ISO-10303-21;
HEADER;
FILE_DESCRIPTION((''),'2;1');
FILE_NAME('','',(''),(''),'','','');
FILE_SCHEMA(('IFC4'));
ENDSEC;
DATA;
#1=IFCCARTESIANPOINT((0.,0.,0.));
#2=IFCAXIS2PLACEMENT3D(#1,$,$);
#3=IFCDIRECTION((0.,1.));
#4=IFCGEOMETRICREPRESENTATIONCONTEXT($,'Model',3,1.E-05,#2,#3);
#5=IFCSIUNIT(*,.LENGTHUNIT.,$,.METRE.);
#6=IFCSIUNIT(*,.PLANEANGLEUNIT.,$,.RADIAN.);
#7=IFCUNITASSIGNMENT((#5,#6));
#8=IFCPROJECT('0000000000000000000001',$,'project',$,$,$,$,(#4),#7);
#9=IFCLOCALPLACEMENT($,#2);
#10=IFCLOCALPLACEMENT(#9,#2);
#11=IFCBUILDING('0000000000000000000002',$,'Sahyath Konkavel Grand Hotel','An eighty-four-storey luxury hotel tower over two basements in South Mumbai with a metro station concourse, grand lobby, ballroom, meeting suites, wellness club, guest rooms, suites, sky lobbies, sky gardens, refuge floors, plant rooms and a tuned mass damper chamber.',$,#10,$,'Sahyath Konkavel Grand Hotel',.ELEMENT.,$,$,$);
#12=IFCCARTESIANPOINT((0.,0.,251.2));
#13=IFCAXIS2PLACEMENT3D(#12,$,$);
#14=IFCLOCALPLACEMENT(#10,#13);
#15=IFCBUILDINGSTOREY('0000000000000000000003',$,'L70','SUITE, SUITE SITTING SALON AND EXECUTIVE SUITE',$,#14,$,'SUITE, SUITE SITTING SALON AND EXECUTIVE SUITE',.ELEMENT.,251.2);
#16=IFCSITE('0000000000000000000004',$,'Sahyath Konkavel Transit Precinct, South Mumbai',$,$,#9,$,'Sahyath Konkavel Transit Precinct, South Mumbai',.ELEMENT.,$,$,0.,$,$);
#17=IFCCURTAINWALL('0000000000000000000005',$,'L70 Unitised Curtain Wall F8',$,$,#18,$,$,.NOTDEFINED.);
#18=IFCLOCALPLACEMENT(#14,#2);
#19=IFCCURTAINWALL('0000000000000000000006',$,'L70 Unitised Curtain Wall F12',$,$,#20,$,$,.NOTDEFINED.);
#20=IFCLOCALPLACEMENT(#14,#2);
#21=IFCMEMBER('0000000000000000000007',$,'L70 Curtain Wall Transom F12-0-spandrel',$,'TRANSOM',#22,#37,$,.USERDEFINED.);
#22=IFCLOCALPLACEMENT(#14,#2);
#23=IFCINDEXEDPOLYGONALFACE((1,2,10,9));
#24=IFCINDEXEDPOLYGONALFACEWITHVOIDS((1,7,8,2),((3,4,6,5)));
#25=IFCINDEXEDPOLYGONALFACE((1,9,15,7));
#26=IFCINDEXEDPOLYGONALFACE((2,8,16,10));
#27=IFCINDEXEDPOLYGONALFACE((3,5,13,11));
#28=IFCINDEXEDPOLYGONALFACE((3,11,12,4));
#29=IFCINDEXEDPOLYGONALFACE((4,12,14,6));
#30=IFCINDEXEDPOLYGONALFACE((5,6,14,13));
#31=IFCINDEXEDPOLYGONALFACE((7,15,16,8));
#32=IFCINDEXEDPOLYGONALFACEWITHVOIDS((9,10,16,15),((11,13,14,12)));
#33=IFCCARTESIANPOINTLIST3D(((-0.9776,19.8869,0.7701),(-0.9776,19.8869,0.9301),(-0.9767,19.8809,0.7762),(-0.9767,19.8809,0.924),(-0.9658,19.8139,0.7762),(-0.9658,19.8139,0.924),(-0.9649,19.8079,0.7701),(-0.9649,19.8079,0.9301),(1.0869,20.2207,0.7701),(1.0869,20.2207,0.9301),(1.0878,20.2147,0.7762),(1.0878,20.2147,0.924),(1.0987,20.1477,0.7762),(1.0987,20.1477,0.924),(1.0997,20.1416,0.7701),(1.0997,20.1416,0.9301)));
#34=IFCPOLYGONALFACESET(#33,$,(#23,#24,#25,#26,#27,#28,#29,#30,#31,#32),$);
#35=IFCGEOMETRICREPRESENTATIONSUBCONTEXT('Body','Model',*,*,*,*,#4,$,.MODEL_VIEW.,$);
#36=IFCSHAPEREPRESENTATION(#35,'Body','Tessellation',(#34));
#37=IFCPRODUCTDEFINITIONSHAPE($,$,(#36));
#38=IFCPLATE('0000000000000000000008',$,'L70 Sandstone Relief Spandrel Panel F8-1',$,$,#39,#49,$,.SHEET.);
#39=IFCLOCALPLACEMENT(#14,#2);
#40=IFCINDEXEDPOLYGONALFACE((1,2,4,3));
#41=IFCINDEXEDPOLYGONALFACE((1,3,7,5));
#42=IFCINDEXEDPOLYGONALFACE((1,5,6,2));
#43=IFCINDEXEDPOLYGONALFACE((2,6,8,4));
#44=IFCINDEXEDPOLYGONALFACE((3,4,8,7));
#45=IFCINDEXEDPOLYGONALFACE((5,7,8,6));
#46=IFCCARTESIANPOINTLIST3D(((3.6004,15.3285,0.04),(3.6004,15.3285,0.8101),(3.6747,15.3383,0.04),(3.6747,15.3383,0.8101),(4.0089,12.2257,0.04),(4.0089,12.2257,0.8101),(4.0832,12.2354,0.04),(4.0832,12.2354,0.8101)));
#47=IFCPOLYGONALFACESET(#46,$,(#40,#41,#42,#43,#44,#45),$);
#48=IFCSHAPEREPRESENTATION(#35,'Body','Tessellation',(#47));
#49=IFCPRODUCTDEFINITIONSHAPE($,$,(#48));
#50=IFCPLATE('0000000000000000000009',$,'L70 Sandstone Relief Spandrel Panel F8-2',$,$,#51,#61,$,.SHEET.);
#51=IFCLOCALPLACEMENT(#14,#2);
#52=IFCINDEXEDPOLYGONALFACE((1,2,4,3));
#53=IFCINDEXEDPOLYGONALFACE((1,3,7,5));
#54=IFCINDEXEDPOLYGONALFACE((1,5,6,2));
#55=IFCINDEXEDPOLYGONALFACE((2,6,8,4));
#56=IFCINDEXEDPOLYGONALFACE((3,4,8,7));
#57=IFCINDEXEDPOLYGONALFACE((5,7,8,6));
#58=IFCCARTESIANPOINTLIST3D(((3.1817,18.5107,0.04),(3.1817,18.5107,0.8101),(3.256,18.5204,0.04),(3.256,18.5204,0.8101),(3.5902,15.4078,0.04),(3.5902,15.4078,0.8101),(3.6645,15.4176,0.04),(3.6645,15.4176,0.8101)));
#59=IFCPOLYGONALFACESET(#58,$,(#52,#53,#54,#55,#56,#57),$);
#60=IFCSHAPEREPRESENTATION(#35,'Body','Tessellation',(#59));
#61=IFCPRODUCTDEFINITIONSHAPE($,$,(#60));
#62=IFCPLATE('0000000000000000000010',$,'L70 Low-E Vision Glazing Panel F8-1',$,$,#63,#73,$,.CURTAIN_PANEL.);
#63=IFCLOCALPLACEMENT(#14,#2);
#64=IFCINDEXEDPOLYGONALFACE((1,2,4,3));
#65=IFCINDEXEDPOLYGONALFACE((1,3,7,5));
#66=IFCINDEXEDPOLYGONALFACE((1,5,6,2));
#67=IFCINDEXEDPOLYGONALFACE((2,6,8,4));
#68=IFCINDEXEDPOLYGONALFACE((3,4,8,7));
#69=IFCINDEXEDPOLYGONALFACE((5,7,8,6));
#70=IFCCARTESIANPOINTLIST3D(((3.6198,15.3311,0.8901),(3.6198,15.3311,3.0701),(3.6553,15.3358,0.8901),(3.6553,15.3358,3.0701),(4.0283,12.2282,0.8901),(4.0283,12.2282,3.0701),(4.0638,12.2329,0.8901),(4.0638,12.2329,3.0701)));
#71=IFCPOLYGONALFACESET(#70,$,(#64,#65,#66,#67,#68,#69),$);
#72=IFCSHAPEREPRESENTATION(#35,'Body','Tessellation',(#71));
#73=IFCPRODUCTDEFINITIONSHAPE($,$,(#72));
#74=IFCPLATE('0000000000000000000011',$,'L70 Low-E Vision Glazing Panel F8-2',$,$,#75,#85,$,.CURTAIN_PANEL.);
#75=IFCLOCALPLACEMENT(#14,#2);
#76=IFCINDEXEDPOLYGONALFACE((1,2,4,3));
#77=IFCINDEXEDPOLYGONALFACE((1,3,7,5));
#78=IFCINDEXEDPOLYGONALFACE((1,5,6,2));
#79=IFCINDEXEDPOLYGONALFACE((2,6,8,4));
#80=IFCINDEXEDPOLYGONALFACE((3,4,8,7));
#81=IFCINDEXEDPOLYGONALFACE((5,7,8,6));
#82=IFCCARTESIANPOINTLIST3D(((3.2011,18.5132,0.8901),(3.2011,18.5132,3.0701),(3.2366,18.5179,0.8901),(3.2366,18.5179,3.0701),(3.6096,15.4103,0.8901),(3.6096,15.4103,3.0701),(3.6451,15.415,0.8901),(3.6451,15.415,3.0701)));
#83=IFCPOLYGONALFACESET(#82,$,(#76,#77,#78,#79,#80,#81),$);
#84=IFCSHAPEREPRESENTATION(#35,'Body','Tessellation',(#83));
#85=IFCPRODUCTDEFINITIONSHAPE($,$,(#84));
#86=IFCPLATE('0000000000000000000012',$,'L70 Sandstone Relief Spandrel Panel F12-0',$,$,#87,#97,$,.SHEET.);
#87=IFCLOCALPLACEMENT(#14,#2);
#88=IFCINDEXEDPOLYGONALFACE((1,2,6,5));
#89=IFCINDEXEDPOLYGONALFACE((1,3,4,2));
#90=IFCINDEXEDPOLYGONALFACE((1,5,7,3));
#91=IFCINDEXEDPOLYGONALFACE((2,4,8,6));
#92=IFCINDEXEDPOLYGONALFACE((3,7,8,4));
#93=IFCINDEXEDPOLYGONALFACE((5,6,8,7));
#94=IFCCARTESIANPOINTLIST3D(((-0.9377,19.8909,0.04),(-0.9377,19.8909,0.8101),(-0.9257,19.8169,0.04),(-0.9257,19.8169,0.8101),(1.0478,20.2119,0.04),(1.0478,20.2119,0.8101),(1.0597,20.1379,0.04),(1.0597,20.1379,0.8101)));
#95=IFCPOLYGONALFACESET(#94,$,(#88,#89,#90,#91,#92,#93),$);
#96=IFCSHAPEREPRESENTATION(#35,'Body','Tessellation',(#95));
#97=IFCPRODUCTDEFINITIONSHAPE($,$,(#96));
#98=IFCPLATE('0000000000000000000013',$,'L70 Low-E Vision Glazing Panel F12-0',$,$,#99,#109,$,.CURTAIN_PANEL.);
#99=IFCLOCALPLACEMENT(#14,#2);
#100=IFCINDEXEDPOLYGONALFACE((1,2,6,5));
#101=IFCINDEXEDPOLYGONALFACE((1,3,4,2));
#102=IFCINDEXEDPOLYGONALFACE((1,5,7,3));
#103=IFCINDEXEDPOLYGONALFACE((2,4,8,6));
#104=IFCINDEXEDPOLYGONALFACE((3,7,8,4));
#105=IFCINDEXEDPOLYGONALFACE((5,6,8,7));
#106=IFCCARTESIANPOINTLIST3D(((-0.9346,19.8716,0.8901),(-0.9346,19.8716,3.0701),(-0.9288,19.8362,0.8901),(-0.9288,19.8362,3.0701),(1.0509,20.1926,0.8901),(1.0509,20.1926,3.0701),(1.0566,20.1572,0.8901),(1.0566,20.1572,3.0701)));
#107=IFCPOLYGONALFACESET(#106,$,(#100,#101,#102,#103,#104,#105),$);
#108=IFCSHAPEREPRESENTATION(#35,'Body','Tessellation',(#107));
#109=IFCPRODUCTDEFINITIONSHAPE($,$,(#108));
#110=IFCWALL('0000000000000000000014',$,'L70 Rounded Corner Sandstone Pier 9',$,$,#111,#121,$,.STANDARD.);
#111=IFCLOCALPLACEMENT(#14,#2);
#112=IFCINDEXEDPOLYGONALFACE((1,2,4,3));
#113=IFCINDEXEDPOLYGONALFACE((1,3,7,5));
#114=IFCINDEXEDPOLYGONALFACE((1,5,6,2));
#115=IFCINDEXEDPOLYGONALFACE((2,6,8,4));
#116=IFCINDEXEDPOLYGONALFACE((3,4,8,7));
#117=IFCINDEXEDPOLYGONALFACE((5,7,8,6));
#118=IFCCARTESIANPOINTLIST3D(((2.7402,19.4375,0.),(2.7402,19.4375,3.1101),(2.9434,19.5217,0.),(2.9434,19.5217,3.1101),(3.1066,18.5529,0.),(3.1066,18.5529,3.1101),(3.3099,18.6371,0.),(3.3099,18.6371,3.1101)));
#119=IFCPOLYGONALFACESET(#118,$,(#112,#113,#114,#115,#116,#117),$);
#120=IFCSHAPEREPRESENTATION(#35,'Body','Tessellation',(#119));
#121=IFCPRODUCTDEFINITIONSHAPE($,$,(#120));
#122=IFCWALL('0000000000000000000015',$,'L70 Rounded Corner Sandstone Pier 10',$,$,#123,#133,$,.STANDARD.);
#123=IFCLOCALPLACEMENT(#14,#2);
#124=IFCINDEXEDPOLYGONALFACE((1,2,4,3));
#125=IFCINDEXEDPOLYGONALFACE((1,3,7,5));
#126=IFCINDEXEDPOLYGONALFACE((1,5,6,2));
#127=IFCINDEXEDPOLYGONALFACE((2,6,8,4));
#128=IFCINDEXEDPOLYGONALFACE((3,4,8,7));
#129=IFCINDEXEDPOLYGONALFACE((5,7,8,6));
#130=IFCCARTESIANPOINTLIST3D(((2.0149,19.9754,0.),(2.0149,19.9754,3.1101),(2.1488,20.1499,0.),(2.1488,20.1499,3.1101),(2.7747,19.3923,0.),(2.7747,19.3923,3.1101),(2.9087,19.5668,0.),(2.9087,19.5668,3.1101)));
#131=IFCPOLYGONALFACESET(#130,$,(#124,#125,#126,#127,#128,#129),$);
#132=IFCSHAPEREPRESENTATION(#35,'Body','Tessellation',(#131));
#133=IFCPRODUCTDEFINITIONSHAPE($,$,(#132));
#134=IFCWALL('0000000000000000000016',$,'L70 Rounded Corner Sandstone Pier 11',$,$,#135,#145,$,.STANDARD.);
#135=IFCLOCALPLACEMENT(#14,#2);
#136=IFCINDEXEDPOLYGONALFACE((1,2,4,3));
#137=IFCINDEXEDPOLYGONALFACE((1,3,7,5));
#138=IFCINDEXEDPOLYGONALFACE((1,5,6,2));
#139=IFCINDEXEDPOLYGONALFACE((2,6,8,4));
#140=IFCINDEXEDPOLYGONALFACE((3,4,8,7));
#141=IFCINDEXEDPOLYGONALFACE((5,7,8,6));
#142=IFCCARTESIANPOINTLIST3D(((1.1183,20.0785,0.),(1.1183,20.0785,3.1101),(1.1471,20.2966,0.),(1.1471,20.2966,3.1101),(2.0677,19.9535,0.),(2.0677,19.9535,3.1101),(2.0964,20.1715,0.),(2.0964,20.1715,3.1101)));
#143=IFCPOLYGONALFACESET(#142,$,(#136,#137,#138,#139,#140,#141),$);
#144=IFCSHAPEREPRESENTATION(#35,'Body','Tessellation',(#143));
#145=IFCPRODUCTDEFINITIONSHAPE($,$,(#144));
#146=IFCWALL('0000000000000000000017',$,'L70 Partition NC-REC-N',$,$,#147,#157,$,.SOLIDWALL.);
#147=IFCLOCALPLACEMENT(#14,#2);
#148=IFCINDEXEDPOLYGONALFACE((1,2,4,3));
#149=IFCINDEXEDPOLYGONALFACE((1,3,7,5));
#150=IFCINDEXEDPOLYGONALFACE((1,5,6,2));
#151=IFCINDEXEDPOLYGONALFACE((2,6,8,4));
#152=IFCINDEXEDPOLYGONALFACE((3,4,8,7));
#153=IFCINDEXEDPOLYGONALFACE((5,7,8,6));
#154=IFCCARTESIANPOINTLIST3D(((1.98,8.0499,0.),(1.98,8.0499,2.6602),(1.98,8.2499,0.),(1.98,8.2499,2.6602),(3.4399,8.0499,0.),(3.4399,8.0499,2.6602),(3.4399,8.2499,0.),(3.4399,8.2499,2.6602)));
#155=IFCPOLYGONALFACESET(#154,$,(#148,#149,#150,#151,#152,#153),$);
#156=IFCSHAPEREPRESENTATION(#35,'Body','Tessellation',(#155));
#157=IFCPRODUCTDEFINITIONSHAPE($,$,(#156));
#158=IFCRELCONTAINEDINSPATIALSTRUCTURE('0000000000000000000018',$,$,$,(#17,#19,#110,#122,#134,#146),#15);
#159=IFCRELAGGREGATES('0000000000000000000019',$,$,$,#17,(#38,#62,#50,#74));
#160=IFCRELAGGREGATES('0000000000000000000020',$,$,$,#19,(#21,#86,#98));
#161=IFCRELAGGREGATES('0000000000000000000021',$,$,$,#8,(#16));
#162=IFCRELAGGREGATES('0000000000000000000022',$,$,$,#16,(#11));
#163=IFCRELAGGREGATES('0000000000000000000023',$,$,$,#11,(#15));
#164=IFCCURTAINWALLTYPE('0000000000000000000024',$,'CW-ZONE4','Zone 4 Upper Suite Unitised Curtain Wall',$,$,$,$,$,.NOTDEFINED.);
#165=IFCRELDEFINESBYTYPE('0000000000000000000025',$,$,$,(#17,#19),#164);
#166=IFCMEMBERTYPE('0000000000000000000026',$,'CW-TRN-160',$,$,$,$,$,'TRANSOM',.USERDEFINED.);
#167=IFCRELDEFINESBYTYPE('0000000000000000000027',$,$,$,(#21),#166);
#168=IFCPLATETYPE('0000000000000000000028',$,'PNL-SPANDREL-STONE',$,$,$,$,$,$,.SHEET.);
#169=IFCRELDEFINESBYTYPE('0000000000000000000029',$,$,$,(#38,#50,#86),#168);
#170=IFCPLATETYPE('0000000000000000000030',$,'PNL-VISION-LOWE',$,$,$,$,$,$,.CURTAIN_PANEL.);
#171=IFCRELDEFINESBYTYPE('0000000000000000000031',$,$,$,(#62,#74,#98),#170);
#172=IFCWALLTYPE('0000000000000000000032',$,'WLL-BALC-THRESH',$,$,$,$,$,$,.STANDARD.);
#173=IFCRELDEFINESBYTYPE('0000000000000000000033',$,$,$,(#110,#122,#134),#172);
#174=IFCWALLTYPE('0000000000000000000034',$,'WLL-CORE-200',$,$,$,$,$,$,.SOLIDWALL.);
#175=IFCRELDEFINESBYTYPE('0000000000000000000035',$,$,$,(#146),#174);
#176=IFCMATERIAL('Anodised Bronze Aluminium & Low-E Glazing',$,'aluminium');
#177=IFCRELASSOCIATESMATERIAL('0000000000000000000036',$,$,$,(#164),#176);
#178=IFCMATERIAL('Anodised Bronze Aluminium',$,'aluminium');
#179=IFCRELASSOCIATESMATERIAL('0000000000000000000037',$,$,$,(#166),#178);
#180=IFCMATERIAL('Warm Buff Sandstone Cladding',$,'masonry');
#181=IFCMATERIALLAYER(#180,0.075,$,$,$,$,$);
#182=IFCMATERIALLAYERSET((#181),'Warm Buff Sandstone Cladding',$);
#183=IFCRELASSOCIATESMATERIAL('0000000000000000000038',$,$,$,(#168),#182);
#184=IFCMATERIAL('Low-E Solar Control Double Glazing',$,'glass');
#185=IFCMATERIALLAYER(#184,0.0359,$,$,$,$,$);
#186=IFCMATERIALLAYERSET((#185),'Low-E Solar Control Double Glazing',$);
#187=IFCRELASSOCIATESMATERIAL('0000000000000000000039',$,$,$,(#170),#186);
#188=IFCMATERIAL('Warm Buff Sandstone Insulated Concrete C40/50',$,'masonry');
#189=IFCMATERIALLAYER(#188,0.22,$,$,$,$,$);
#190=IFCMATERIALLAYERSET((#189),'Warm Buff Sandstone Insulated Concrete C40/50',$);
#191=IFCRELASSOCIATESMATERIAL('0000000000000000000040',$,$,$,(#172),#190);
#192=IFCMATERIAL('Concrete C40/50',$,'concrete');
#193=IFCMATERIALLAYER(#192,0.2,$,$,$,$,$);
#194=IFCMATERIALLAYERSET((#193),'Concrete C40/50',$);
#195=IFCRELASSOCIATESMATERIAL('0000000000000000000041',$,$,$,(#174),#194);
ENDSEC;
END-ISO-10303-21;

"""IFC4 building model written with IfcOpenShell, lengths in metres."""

from ifc_helpers import new_model, si_unit, direction, frame, frame_2d, origin, origin_2d, place, context, subcontext, project, spatial, rectangle, hollow_rectangle, extrude, source, transform, mapped, material, layer, layer_set, material_profile, profile_set, type_object, element, aggregate, save


model = new_model("IFC4")

# Units and contexts
model_context = context("Model", 3, precision=1e-05, world=origin(), true_north=direction((0.0, 1.0)))
body_context = subcontext(model_context, "Body", "Model", "MODEL_VIEW")
ifc_project = project(units=[si_unit("LENGTHUNIT", "METRE"), si_unit("PLANEANGLEUNIT", "RADIAN")], contexts=[model_context])

# Site, building, storey
site_placement = place(None, origin())
site = spatial("IfcSite", under=ifc_project, at=site_placement, Name="Sahyath Konkavel Transit Precinct, South Mumbai", LongName="Sahyath Konkavel Transit Precinct, South Mumbai", CompositionType="ELEMENT", RefElevation=0.0)
building_placement = place(site_placement, origin())
building = spatial("IfcBuilding", under=site, at=building_placement, Name="Sahyath Konkavel Grand Hotel", Description="An eighty-four-storey luxury hotel tower over two basements in South Mumbai with a metro station concourse, grand lobby, ballroom, meeting suites, wellness club, guest rooms, suites, sky lobbies, sky gardens, refuge floors, plant rooms and a tuned mass damper chamber.", LongName="Sahyath Konkavel Grand Hotel", CompositionType="ELEMENT")
storey_placement = place(building_placement, frame((0.0, 0.0, 251.2)))
storey = spatial("IfcBuildingStorey", under=building, at=storey_placement, Name="L70", Description="SUITE, SUITE SITTING SALON AND EXECUTIVE SUITE", LongName="SUITE, SUITE SITTING SALON AND EXECUTIVE SUITE", CompositionType="ELEMENT", Elevation=251.2)

# Shared definitions
ifc_material_1 = material(Name="Concrete C40/50", Category="concrete")

# Curtain wall
ifc_material_2 = material(Name="Anodised Bronze Aluminium & Low-E Glazing", Category="aluminium")
curtain_wall_type = type_object("IfcCurtainWallType", Name="CW-ZONE4", Description="Zone 4 Upper Suite Unitised Curtain Wall", PredefinedType="NOTDEFINED", material=ifc_material_2)
curtain_wall_1_placement = place(storey_placement, origin())
curtain_wall_1 = element("IfcCurtainWall", 1, at=curtain_wall_1_placement, inside=storey, type_object=curtain_wall_type, Name="L70 Unitised Curtain Wall F8", PredefinedType="NOTDEFINED")
ifc_material_3 = material(Name="Anodised Bronze Aluminium", Category="aluminium")

# Curtain wall
curtain_wall_2_placement = place(storey_placement, origin())
curtain_wall_2 = element("IfcCurtainWall", 2, at=curtain_wall_2_placement, inside=storey, type_object=curtain_wall_type, Name="L70 Unitised Curtain Wall F12", PredefinedType="NOTDEFINED")

# Member
ifc_material_profile_1 = material_profile(ifc_material_3, hollow_rectangle(XDim=0.0801, YDim=0.1599, WallThickness=0.0061, at=origin_2d()), Name="RHS 160x80x6")
ifc_profile_set_1 = profile_set([ifc_material_profile_1], Name="Anodised Bronze Aluminium")
member_type_1 = type_object("IfcMemberType", Name="CW-TRN-160", ElementType="TRANSOM", PredefinedType="USERDEFINED", material=ifc_profile_set_1)
shared_shape_1 = source(origin(), body_context, "Body", "SweptSolid", [
    extrude(hollow_rectangle(XDim=0.0801, YDim=0.1599, WallThickness=0.0061, at=origin_2d()), origin(), (0.0, 0.0, 1.0), 2.0913),
])
member_1_placement = place(storey_placement, frame((1.0933, 20.1812, 0.8501), z_axis=(-0.987184, -0.159588, 0.0), x_axis=(0.159588, -0.987184, 0.0)))
member_1 = element("IfcMember", 3, at=member_1_placement, type_object=member_type_1, Name="L70 Curtain Wall Transom F12-0-spandrel", ObjectType="TRANSOM", PredefinedType="USERDEFINED", context=body_context, shape_type="MappedRepresentation", body=[
    mapped(shared_shape_1, transform((0.0, 0.0, 0.0), scale=1.0)),
])

# Plates
ifc_material_4 = material(Name="Warm Buff Sandstone Cladding", Category="masonry")
ifc_layer_1 = layer(ifc_material_4, 0.075)
ifc_layer_set_1 = layer_set([ifc_layer_1], Name="Warm Buff Sandstone Cladding")
plate_type_1 = type_object("IfcPlateType", Name="PNL-SPANDREL-STONE", PredefinedType="SHEET", material=ifc_layer_set_1)
shared_shape_2 = source(origin(), body_context, "Body", "SweptSolid", [
    extrude(rectangle(XDim=3.1296, YDim=0.075, at=origin_2d()), origin(), (0.0, 0.0, 1.0), 0.77),
])
plate_1_placement = place(storey_placement, frame((3.8418, 13.782, 0.04), z_axis=(0.0, 0.0, 1.0), x_axis=(-0.130526, 0.991445, 0.0)))
plate_1 = element("IfcPlate", 4, at=plate_1_placement, type_object=plate_type_1, Name="L70 Sandstone Relief Spandrel Panel F8-1", PredefinedType="SHEET", context=body_context, shape_type="MappedRepresentation", body=[
    mapped(shared_shape_2, transform((0.0, 0.0, 0.0), scale=1.0)),
])
plate_2_placement = place(storey_placement, frame((3.4231, 16.9641, 0.04), z_axis=(0.0, 0.0, 1.0), x_axis=(-0.130526, 0.991445, 0.0)))
plate_2 = element("IfcPlate", 5, at=plate_2_placement, type_object=plate_type_1, Name="L70 Sandstone Relief Spandrel Panel F8-2", PredefinedType="SHEET", context=body_context, shape_type="MappedRepresentation", body=[
    mapped(shared_shape_2, transform((0.0, 0.0, 0.0), scale=1.0)),
])
ifc_material_5 = material(Name="Low-E Solar Control Double Glazing", Category="glass")
ifc_layer_2 = layer(ifc_material_5, 0.0359)
ifc_layer_set_2 = layer_set([ifc_layer_2], Name="Low-E Solar Control Double Glazing")
plate_type_2 = type_object("IfcPlateType", Name="PNL-VISION-LOWE", PredefinedType="CURTAIN_PANEL", material=ifc_layer_set_2)
shared_shape_3 = source(origin(), body_context, "Body", "SweptSolid", [
    extrude(rectangle(XDim=3.1296, YDim=0.0359, at=origin_2d()), origin(), (0.0, 0.0, 1.0), 2.1799),
])
plate_3_placement = place(storey_placement, frame((3.8418, 13.782, 0.8901), z_axis=(0.0, 0.0, 1.0), x_axis=(-0.130526, 0.991445, 0.0)))
plate_3 = element("IfcPlate", 6, at=plate_3_placement, type_object=plate_type_2, Name="L70 Low-E Vision Glazing Panel F8-1", PredefinedType="CURTAIN_PANEL", context=body_context, shape_type="MappedRepresentation", body=[
    mapped(shared_shape_3, transform((0.0, 0.0, 0.0), scale=1.0)),
])
plate_4_placement = place(storey_placement, frame((3.4231, 16.9641, 0.8901), z_axis=(0.0, 0.0, 1.0), x_axis=(-0.130526, 0.991445, 0.0)))
plate_4 = element("IfcPlate", 7, at=plate_4_placement, type_object=plate_type_2, Name="L70 Low-E Vision Glazing Panel F8-2", PredefinedType="CURTAIN_PANEL", context=body_context, shape_type="MappedRepresentation", body=[
    mapped(shared_shape_3, transform((0.0, 0.0, 0.0), scale=1.0)),
])
aggregate(curtain_wall_1, [plate_1, plate_3, plate_2, plate_4])
shared_shape_4 = source(origin(), body_context, "Body", "SweptSolid", [
    extrude(rectangle(XDim=2.0112, YDim=0.075, at=origin_2d()), origin(), (0.0, 0.0, 1.0), 0.77),
])
plate_5_placement = place(storey_placement, frame((0.061, 20.0144, 0.04), z_axis=(0.0, 0.0, 1.0), x_axis=(-0.987184, -0.159588, 0.0)))
plate_5 = element("IfcPlate", 8, at=plate_5_placement, type_object=plate_type_1, Name="L70 Sandstone Relief Spandrel Panel F12-0", PredefinedType="SHEET", context=body_context, shape_type="MappedRepresentation", body=[
    mapped(shared_shape_4, transform((0.0, 0.0, 0.0), scale=1.0)),
])
shared_shape_5 = source(origin(), body_context, "Body", "SweptSolid", [
    extrude(rectangle(XDim=2.0112, YDim=0.0359, at=origin_2d()), origin(), (0.0, 0.0, 1.0), 2.1799),
])
plate_6_placement = place(storey_placement, frame((0.061, 20.0144, 0.8901), z_axis=(0.0, 0.0, 1.0), x_axis=(-0.987184, -0.159588, 0.0)))
plate_6 = element("IfcPlate", 9, at=plate_6_placement, type_object=plate_type_2, Name="L70 Low-E Vision Glazing Panel F12-0", PredefinedType="CURTAIN_PANEL", context=body_context, shape_type="MappedRepresentation", body=[
    mapped(shared_shape_5, transform((0.0, 0.0, 0.0), scale=1.0)),
])
aggregate(curtain_wall_2, [member_1, plate_5, plate_6])

# Walls
ifc_material_6 = material(Name="Warm Buff Sandstone Insulated Concrete C40/50", Category="masonry")
ifc_layer_3 = layer(ifc_material_6, 0.22)
ifc_layer_set_3 = layer_set([ifc_layer_3], Name="Warm Buff Sandstone Insulated Concrete C40/50")
wall_type_1 = type_object("IfcWallType", Name="WLL-BALC-THRESH", PredefinedType="STANDARD", material=ifc_layer_set_3)
wall_1_placement = place(storey_placement, frame((3.2083, 18.595, 0.0), z_axis=(0.0, 0.0, 1.0), x_axis=(-0.38275, 0.923852, 0.0)))
element("IfcWall", 10, at=wall_1_placement, inside=storey, type_object=wall_type_1, Name="L70 Rounded Corner Sandstone Pier 9", PredefinedType="STANDARD", context=body_context, shape_type="SweptSolid", body=[
    extrude(rectangle(XDim=0.9575, YDim=0.22, at=frame_2d((0.4788, 0.0))), origin(), (0.0, 0.0, 1.0), 3.1101),
])
wall_2_placement = place(storey_placement, frame((2.8418, 19.4795, 0.0), z_axis=(0.0, 0.0, 1.0), x_axis=(-0.793344, 0.608774, 0.0)))
element("IfcWall", 11, at=wall_2_placement, inside=storey, type_object=wall_type_1, Name="L70 Rounded Corner Sandstone Pier 10", PredefinedType="STANDARD", context=body_context, shape_type="SweptSolid", body=[
    extrude(rectangle(XDim=0.9578, YDim=0.22, at=frame_2d((0.479, 0.0))), origin(), (0.0, 0.0, 1.0), 3.1101),
])
wall_3_placement = place(storey_placement, frame((2.082, 20.0625, 0.0), z_axis=(0.0, 0.0, 1.0), x_axis=(-0.99144, 0.13056, 0.0)))
element("IfcWall", 12, at=wall_3_placement, inside=storey, type_object=wall_type_1, Name="L70 Rounded Corner Sandstone Pier 11", PredefinedType="STANDARD", context=body_context, shape_type="SweptSolid", body=[
    extrude(rectangle(XDim=0.9575, YDim=0.22, at=frame_2d((0.4788, 0.0))), origin(), (0.0, 0.0, 1.0), 3.1101),
])
ifc_layer_4 = layer(ifc_material_1, 0.2)
ifc_layer_set_4 = layer_set([ifc_layer_4], Name="Concrete C40/50")
wall_type_2 = type_object("IfcWallType", Name="WLL-CORE-200", PredefinedType="SOLIDWALL", material=ifc_layer_set_4)
wall_4_placement = place(storey_placement, frame((1.98, 8.1499, 0.0), z_axis=(0.0, 0.0, 1.0), x_axis=(1.0, 0.0, 0.0)))
element("IfcWall", 13, at=wall_4_placement, inside=storey, type_object=wall_type_2, Name="L70 Partition NC-REC-N", PredefinedType="SOLIDWALL", context=body_context, shape_type="SweptSolid", body=[
    extrude(rectangle(XDim=1.46, YDim=0.2, at=frame_2d((0.73, 0.0))), origin(), (0.0, 0.0, 1.0), 2.6602),
])

save(model, "model.ifc")
